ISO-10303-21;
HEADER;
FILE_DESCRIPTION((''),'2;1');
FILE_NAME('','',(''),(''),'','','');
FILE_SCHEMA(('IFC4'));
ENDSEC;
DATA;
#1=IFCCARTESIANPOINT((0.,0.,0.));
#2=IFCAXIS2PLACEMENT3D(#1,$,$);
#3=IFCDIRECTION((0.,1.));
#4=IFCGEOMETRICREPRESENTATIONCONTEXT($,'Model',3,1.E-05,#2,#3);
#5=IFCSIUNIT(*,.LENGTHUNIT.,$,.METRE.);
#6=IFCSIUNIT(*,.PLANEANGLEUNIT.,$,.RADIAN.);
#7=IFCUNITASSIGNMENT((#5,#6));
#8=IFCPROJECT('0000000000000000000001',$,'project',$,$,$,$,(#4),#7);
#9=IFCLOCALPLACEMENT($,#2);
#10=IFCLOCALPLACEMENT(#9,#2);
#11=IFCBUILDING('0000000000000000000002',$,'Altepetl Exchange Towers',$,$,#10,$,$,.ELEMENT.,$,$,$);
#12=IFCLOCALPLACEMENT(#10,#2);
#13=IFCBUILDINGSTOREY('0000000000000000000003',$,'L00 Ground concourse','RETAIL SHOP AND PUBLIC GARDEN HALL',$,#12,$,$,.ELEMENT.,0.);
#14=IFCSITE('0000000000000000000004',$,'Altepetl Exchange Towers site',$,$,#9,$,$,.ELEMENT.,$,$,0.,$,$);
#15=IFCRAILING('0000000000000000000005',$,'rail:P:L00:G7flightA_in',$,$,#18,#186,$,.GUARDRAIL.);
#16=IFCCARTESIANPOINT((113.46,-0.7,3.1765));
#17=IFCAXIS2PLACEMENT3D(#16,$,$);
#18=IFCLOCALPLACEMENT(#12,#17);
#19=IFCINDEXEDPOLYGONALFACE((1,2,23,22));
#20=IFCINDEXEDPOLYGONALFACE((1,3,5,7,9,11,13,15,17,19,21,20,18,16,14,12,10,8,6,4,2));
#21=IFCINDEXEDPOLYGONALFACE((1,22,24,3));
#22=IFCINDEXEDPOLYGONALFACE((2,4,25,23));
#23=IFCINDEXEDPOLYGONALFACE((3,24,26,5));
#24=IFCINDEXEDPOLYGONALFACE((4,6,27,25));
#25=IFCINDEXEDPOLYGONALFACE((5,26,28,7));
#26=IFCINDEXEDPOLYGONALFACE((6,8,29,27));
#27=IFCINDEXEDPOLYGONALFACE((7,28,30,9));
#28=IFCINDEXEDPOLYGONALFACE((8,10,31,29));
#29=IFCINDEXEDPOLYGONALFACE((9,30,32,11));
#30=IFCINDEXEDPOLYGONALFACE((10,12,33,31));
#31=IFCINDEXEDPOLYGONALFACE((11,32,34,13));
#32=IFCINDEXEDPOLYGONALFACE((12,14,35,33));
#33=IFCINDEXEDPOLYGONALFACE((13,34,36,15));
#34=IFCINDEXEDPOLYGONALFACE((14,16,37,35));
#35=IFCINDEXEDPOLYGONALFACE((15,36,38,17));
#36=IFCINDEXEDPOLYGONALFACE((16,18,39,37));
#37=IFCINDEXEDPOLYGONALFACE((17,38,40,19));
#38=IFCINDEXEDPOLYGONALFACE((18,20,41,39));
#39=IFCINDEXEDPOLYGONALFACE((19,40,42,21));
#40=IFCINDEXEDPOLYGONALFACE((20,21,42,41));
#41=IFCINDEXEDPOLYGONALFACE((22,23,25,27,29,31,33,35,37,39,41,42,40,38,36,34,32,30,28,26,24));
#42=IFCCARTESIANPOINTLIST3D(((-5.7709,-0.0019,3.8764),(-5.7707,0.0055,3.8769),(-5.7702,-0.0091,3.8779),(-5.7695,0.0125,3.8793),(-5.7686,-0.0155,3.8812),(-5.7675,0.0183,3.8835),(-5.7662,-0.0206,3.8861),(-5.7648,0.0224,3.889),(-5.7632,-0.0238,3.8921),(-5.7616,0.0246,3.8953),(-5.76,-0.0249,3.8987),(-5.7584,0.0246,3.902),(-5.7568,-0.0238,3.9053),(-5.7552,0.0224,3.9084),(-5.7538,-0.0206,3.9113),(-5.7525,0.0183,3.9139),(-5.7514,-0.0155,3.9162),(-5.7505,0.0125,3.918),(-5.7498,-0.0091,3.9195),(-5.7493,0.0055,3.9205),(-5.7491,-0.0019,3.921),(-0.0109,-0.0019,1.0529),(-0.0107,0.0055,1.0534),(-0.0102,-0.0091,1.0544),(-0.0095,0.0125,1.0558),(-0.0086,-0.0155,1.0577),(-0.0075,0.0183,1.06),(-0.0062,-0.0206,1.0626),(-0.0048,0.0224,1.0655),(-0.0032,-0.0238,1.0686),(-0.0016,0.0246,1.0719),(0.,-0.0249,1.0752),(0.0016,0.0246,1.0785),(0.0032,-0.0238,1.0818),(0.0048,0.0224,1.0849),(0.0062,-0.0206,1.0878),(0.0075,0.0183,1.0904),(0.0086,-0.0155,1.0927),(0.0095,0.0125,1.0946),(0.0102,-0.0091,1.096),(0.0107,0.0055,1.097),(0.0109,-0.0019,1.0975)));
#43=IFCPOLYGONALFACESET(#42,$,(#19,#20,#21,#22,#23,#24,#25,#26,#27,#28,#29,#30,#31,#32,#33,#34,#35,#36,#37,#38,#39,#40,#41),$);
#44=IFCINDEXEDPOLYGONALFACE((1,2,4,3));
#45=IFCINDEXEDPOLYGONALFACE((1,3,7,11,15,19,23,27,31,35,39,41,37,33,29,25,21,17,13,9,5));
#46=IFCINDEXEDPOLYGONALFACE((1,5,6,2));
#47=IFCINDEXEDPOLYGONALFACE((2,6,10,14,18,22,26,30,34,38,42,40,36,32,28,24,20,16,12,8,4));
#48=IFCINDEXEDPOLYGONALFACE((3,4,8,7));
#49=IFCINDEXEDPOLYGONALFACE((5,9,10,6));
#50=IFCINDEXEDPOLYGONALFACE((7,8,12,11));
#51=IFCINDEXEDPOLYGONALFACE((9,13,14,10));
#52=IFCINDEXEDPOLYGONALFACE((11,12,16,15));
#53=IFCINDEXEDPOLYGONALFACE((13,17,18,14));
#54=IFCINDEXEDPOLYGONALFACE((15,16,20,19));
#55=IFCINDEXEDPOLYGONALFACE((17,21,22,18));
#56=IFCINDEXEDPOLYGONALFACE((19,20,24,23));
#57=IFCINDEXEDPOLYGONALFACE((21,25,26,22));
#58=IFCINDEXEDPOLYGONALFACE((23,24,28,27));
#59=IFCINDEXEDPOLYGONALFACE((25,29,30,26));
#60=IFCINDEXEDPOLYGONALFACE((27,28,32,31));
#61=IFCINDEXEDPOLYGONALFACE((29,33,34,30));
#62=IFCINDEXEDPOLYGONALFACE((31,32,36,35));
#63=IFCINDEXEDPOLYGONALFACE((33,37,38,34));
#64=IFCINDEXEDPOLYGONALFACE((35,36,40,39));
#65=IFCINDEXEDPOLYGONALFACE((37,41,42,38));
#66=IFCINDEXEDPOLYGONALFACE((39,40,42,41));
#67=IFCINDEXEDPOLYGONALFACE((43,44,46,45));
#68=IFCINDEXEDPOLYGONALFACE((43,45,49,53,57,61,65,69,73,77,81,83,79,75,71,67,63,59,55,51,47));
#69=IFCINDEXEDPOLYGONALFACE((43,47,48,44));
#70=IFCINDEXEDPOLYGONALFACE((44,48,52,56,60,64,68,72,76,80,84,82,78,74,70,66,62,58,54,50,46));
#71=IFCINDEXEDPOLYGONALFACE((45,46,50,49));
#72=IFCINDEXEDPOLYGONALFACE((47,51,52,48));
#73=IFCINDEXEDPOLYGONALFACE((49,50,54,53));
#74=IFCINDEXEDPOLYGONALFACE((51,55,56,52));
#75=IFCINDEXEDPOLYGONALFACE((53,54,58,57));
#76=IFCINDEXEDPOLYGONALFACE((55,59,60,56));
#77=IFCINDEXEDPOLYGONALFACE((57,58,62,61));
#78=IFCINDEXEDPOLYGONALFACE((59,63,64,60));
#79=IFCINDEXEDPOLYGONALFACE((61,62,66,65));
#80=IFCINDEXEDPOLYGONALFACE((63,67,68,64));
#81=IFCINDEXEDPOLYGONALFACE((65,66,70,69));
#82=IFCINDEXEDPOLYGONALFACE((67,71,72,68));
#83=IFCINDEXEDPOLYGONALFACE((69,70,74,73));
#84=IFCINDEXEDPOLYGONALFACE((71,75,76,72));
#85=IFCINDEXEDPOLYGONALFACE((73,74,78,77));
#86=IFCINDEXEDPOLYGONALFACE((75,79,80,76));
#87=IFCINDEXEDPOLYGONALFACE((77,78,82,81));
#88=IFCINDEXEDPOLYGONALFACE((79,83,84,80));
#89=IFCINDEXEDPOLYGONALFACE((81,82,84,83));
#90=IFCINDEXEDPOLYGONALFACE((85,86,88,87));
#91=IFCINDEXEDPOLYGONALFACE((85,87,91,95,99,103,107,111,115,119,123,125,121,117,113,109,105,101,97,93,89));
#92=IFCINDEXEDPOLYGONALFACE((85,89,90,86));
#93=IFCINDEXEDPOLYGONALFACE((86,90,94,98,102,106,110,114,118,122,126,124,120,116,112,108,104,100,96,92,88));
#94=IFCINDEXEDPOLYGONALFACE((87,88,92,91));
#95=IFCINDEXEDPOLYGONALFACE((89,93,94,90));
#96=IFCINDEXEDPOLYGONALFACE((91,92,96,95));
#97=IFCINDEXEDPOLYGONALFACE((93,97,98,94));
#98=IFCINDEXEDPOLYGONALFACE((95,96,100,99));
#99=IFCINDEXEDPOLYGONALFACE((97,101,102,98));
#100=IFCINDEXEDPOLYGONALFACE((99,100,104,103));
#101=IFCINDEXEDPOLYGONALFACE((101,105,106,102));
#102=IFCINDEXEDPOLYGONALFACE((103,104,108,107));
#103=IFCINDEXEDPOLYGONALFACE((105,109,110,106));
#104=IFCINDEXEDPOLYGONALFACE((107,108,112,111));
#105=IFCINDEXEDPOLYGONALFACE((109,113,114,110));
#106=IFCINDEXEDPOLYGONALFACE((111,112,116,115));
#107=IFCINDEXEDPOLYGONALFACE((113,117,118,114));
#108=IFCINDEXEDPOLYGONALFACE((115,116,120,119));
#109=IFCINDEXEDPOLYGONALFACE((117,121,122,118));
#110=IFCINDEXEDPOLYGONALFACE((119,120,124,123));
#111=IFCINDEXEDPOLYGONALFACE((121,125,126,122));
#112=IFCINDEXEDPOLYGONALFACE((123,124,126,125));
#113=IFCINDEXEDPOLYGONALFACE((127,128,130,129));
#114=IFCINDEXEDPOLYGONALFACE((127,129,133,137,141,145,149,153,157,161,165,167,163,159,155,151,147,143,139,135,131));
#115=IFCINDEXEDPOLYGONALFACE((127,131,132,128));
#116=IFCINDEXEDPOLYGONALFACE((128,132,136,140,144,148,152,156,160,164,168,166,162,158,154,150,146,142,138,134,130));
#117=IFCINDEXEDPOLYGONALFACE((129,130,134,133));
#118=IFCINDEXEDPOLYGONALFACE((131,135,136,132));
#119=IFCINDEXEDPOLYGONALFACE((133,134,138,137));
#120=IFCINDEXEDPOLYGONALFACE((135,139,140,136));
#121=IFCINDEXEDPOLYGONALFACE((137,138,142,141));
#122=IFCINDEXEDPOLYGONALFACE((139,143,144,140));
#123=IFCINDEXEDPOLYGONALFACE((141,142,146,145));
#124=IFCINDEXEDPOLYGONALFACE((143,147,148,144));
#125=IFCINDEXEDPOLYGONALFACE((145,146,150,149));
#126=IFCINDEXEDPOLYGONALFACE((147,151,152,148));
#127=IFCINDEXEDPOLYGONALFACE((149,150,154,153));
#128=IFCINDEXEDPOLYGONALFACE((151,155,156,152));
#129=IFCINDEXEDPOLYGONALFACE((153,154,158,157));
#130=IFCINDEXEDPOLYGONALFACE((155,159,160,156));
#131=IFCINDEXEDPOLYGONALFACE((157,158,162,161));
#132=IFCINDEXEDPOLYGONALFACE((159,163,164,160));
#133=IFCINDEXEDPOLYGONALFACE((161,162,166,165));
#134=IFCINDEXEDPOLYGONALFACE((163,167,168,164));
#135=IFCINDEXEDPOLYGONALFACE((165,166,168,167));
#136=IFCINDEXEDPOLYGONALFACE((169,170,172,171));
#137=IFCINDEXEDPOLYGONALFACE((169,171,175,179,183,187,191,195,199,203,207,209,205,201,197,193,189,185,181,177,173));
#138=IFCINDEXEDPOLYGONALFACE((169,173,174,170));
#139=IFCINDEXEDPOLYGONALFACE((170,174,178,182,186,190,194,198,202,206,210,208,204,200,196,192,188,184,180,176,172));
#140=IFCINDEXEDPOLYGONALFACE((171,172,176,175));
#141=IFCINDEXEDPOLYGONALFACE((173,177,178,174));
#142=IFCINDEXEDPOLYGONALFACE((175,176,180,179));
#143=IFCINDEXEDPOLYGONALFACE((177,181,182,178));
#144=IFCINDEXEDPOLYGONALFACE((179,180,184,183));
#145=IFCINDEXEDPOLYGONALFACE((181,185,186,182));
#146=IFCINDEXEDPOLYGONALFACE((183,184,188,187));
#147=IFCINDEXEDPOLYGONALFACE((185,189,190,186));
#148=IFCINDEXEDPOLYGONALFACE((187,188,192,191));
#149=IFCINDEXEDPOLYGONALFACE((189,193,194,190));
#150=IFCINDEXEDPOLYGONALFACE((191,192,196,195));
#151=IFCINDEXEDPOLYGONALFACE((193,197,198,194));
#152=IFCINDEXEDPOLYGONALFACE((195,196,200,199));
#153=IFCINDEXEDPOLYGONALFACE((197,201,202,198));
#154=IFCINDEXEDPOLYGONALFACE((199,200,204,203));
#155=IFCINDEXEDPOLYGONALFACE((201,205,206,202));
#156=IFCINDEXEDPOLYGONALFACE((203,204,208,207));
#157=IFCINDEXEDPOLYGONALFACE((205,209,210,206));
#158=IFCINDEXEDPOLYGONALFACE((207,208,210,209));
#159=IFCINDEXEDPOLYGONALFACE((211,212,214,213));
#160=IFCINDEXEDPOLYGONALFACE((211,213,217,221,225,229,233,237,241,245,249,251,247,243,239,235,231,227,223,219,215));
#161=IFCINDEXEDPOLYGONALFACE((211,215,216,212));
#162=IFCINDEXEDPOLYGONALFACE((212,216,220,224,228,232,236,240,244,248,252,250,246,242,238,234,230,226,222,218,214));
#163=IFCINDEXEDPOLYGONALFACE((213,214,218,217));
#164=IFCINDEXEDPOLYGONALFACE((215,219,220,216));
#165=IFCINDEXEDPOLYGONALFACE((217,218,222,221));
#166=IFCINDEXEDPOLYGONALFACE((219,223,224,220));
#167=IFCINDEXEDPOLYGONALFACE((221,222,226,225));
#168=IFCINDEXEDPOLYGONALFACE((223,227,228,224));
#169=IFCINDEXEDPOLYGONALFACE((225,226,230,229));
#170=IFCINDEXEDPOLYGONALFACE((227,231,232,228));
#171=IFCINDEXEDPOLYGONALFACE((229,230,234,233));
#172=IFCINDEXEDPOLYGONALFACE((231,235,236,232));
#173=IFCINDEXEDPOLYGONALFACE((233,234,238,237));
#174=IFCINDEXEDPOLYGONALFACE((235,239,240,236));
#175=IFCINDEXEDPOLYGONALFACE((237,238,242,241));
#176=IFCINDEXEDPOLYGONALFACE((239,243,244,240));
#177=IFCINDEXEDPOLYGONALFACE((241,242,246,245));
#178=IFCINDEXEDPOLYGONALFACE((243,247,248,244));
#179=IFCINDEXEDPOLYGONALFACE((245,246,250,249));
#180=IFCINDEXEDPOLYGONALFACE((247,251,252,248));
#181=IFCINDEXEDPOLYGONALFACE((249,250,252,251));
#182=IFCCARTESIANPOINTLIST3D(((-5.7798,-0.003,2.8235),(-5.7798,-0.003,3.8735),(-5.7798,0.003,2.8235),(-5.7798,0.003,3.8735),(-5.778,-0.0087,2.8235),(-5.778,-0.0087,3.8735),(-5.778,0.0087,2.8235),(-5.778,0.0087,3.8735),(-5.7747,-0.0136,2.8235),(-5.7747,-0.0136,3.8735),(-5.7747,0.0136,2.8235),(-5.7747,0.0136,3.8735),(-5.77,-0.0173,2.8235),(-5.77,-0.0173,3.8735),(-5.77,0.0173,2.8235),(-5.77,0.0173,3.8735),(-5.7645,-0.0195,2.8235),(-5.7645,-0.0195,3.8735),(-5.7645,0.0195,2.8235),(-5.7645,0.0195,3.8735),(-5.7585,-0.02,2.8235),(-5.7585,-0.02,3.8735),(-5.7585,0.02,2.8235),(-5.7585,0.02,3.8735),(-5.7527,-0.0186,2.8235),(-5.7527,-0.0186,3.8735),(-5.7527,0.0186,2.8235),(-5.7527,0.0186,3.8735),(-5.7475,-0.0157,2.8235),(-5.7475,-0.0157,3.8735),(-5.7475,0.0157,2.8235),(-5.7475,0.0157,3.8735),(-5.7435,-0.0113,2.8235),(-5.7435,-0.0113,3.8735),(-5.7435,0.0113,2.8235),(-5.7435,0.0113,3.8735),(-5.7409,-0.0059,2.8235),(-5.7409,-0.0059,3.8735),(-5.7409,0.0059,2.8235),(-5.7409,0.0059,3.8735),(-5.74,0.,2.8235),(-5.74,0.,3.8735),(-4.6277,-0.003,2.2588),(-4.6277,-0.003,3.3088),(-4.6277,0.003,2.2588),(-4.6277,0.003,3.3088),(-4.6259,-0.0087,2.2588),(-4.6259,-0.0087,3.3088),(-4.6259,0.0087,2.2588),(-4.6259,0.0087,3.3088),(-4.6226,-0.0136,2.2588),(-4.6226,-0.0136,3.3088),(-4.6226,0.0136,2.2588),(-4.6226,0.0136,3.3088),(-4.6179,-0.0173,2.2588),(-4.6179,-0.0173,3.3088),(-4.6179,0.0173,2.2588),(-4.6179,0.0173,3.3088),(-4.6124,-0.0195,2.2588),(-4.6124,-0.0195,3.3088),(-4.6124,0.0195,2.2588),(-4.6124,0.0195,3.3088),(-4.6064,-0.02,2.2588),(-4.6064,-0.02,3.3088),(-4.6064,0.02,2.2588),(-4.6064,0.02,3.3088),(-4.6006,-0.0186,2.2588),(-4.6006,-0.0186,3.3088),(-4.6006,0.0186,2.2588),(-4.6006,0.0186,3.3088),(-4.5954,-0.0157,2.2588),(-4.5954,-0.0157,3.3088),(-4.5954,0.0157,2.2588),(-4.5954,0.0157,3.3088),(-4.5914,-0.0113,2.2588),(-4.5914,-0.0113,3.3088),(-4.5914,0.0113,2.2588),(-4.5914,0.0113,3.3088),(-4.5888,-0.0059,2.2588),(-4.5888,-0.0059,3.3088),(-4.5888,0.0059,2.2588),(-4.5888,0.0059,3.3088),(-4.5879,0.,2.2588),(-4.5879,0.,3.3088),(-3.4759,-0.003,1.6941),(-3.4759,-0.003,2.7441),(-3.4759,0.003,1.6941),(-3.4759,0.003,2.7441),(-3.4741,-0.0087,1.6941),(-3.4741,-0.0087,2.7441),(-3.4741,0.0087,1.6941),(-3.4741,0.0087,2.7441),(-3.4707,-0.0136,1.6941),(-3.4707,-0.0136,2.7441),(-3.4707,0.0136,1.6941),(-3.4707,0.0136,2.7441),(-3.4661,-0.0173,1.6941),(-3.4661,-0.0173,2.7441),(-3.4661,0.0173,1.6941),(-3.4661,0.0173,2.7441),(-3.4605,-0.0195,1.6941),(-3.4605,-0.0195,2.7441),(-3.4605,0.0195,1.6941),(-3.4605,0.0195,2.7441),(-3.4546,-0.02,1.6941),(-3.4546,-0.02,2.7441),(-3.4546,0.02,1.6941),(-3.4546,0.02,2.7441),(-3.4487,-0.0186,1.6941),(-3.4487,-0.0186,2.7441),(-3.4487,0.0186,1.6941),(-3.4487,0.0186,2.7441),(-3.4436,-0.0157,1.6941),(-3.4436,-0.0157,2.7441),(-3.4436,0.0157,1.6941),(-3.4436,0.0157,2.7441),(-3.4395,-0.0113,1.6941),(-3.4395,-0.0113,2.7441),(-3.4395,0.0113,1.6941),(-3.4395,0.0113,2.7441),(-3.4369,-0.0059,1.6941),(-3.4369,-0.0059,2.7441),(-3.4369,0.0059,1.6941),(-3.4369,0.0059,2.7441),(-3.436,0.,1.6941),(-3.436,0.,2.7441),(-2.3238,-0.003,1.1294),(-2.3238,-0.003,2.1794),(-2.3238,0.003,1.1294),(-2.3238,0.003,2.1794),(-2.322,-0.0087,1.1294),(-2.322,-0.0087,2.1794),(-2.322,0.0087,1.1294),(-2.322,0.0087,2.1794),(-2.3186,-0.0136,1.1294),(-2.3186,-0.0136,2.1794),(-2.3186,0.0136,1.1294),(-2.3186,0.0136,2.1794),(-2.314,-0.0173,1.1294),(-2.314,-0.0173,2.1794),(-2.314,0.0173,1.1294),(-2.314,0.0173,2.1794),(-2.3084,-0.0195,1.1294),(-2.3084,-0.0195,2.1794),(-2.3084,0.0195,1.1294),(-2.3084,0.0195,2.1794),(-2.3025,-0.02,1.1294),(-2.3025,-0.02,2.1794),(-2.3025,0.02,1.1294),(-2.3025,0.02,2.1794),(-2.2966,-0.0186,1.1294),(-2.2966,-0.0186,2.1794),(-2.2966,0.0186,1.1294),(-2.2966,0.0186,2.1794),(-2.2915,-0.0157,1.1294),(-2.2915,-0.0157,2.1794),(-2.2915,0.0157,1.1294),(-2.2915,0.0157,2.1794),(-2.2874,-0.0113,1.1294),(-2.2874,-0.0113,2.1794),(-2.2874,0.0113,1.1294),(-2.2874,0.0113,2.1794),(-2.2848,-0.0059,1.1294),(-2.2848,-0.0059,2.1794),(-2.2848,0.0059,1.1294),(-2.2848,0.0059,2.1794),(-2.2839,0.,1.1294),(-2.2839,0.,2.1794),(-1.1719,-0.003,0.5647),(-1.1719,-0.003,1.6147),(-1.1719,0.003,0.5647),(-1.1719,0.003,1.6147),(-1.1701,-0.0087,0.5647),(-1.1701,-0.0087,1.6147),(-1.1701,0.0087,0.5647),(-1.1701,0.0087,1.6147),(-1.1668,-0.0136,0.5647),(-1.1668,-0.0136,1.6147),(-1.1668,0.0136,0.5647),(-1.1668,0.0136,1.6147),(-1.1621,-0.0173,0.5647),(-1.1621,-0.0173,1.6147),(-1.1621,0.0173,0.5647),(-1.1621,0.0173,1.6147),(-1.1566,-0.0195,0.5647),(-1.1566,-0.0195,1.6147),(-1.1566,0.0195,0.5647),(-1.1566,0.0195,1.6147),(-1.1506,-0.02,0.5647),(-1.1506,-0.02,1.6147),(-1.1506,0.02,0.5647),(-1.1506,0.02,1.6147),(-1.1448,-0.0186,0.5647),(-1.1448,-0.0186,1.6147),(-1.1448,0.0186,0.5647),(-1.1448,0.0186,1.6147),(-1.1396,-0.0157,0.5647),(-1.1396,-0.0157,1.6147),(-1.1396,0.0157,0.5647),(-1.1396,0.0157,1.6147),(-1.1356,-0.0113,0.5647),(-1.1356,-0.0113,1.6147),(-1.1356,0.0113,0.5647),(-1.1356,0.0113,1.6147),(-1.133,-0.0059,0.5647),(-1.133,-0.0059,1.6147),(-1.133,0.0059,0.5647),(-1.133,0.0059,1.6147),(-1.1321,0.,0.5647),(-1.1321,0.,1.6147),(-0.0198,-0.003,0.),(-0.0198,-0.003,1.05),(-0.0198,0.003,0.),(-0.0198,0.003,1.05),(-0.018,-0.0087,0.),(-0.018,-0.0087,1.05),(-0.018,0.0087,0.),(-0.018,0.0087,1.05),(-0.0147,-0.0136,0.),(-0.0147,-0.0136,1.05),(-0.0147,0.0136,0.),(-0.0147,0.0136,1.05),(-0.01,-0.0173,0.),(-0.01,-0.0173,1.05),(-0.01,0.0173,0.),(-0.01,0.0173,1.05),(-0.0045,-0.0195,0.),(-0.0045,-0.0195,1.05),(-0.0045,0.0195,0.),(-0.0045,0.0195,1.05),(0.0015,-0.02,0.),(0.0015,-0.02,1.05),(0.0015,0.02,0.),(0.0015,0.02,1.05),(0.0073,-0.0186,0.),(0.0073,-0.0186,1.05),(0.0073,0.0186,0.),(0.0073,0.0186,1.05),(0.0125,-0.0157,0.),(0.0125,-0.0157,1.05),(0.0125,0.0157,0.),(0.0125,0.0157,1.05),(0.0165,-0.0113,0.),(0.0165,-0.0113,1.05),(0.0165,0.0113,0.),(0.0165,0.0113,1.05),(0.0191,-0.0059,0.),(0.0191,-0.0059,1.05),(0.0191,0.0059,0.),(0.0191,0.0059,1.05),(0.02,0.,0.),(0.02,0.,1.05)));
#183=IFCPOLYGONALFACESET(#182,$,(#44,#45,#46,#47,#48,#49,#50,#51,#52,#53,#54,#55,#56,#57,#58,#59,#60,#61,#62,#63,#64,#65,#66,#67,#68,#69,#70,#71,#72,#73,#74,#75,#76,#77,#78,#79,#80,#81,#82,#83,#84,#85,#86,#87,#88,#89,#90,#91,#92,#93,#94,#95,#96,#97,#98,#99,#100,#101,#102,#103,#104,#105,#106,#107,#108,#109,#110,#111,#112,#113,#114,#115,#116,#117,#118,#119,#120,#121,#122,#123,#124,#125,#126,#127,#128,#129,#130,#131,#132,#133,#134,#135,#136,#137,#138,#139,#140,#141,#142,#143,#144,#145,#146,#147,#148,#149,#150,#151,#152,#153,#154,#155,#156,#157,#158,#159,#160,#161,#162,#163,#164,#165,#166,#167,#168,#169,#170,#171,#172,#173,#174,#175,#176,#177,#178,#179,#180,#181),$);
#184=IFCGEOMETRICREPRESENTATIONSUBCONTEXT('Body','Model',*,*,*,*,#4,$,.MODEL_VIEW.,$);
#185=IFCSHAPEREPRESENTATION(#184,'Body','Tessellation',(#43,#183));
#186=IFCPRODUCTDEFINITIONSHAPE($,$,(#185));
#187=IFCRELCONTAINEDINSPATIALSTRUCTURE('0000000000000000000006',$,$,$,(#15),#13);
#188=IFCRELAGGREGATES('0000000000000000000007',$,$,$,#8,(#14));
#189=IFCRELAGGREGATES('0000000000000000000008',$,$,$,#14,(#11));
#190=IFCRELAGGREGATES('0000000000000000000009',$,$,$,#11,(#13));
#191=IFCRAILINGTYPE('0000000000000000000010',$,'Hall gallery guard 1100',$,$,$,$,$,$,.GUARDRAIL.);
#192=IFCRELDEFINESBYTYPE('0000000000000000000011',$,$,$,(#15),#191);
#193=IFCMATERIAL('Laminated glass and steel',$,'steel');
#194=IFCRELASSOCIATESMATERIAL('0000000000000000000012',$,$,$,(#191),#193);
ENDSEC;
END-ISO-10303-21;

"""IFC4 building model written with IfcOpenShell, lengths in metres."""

from ifc_helpers import new_model, si_unit, direction, frame, origin, origin_2d, place, context, subcontext, project, spatial, circle, extrude, source, transform, mapped, material, type_object, element, save


model = new_model("IFC4")

# Units and contexts
model_context = context("Model", 3, precision=1e-05, world=origin(), true_north=direction((0.0, 1.0)))
body_context = subcontext(model_context, "Body", "Model", "MODEL_VIEW")
ifc_project = project(units=[si_unit("LENGTHUNIT", "METRE"), si_unit("PLANEANGLEUNIT", "RADIAN")], contexts=[model_context])

# Site, building, storey
site_placement = place(None, origin())
site = spatial("IfcSite", under=ifc_project, at=site_placement, Name="Altepetl Exchange Towers site", CompositionType="ELEMENT", RefElevation=0.0)
building_placement = place(site_placement, origin())
building = spatial("IfcBuilding", under=site, at=building_placement, Name="Altepetl Exchange Towers", CompositionType="ELEMENT")
storey_placement = place(building_placement, origin())
storey = spatial("IfcBuildingStorey", under=building, at=storey_placement, Name="L00 Ground concourse", Description="RETAIL SHOP AND PUBLIC GARDEN HALL", CompositionType="ELEMENT", Elevation=0.0)

# Railing
ifc_material_1 = material(Name="Laminated glass and steel", Category="steel")
railing_type_1 = type_object("IfcRailingType", Name="Hall gallery guard 1100", PredefinedType="GUARDRAIL", material=ifc_material_1)
shared_shape_1 = source(origin(), body_context, "Body", "SweptSolid", [
    extrude(circle(Radius=0.02, at=origin_2d()), origin(), (0.0, 0.0, 1.0), 1.05),
])
for number, where, name in (
    (1, (113.46, -0.7, 3.1765), "rail:P:L00:G7flightA_in"),
):
    element("IfcRailing", number, at=place(storey_placement, frame(where)), inside=storey, type_object=railing_type_1, Name=name, PredefinedType="GUARDRAIL", context=body_context, shape_type="SweptSolid", body=[
        extrude(circle(Radius=0.0249, at=origin_2d()), frame((0.0, 0.0, 1.0752), z_axis=(-0.897924, 0.0, 0.440151), x_axis=(0.0, -1.0, 0.0)), (0.0, 0.0, 1.0), 6.4148),
        mapped(shared_shape_1, transform((0.0, 0.0, 0.0))),
        mapped(shared_shape_1, transform((-1.1521, 0.0, 0.5647))),
        mapped(shared_shape_1, transform((-2.304, 0.0, 1.1294))),
        mapped(shared_shape_1, transform((-3.4561, 0.0, 1.6941))),
        mapped(shared_shape_1, transform((-4.6079, 0.0, 2.2588))),
        mapped(shared_shape_1, transform((-5.76, 0.0, 2.8235))),
    ])

save(model, "model.ifc")
